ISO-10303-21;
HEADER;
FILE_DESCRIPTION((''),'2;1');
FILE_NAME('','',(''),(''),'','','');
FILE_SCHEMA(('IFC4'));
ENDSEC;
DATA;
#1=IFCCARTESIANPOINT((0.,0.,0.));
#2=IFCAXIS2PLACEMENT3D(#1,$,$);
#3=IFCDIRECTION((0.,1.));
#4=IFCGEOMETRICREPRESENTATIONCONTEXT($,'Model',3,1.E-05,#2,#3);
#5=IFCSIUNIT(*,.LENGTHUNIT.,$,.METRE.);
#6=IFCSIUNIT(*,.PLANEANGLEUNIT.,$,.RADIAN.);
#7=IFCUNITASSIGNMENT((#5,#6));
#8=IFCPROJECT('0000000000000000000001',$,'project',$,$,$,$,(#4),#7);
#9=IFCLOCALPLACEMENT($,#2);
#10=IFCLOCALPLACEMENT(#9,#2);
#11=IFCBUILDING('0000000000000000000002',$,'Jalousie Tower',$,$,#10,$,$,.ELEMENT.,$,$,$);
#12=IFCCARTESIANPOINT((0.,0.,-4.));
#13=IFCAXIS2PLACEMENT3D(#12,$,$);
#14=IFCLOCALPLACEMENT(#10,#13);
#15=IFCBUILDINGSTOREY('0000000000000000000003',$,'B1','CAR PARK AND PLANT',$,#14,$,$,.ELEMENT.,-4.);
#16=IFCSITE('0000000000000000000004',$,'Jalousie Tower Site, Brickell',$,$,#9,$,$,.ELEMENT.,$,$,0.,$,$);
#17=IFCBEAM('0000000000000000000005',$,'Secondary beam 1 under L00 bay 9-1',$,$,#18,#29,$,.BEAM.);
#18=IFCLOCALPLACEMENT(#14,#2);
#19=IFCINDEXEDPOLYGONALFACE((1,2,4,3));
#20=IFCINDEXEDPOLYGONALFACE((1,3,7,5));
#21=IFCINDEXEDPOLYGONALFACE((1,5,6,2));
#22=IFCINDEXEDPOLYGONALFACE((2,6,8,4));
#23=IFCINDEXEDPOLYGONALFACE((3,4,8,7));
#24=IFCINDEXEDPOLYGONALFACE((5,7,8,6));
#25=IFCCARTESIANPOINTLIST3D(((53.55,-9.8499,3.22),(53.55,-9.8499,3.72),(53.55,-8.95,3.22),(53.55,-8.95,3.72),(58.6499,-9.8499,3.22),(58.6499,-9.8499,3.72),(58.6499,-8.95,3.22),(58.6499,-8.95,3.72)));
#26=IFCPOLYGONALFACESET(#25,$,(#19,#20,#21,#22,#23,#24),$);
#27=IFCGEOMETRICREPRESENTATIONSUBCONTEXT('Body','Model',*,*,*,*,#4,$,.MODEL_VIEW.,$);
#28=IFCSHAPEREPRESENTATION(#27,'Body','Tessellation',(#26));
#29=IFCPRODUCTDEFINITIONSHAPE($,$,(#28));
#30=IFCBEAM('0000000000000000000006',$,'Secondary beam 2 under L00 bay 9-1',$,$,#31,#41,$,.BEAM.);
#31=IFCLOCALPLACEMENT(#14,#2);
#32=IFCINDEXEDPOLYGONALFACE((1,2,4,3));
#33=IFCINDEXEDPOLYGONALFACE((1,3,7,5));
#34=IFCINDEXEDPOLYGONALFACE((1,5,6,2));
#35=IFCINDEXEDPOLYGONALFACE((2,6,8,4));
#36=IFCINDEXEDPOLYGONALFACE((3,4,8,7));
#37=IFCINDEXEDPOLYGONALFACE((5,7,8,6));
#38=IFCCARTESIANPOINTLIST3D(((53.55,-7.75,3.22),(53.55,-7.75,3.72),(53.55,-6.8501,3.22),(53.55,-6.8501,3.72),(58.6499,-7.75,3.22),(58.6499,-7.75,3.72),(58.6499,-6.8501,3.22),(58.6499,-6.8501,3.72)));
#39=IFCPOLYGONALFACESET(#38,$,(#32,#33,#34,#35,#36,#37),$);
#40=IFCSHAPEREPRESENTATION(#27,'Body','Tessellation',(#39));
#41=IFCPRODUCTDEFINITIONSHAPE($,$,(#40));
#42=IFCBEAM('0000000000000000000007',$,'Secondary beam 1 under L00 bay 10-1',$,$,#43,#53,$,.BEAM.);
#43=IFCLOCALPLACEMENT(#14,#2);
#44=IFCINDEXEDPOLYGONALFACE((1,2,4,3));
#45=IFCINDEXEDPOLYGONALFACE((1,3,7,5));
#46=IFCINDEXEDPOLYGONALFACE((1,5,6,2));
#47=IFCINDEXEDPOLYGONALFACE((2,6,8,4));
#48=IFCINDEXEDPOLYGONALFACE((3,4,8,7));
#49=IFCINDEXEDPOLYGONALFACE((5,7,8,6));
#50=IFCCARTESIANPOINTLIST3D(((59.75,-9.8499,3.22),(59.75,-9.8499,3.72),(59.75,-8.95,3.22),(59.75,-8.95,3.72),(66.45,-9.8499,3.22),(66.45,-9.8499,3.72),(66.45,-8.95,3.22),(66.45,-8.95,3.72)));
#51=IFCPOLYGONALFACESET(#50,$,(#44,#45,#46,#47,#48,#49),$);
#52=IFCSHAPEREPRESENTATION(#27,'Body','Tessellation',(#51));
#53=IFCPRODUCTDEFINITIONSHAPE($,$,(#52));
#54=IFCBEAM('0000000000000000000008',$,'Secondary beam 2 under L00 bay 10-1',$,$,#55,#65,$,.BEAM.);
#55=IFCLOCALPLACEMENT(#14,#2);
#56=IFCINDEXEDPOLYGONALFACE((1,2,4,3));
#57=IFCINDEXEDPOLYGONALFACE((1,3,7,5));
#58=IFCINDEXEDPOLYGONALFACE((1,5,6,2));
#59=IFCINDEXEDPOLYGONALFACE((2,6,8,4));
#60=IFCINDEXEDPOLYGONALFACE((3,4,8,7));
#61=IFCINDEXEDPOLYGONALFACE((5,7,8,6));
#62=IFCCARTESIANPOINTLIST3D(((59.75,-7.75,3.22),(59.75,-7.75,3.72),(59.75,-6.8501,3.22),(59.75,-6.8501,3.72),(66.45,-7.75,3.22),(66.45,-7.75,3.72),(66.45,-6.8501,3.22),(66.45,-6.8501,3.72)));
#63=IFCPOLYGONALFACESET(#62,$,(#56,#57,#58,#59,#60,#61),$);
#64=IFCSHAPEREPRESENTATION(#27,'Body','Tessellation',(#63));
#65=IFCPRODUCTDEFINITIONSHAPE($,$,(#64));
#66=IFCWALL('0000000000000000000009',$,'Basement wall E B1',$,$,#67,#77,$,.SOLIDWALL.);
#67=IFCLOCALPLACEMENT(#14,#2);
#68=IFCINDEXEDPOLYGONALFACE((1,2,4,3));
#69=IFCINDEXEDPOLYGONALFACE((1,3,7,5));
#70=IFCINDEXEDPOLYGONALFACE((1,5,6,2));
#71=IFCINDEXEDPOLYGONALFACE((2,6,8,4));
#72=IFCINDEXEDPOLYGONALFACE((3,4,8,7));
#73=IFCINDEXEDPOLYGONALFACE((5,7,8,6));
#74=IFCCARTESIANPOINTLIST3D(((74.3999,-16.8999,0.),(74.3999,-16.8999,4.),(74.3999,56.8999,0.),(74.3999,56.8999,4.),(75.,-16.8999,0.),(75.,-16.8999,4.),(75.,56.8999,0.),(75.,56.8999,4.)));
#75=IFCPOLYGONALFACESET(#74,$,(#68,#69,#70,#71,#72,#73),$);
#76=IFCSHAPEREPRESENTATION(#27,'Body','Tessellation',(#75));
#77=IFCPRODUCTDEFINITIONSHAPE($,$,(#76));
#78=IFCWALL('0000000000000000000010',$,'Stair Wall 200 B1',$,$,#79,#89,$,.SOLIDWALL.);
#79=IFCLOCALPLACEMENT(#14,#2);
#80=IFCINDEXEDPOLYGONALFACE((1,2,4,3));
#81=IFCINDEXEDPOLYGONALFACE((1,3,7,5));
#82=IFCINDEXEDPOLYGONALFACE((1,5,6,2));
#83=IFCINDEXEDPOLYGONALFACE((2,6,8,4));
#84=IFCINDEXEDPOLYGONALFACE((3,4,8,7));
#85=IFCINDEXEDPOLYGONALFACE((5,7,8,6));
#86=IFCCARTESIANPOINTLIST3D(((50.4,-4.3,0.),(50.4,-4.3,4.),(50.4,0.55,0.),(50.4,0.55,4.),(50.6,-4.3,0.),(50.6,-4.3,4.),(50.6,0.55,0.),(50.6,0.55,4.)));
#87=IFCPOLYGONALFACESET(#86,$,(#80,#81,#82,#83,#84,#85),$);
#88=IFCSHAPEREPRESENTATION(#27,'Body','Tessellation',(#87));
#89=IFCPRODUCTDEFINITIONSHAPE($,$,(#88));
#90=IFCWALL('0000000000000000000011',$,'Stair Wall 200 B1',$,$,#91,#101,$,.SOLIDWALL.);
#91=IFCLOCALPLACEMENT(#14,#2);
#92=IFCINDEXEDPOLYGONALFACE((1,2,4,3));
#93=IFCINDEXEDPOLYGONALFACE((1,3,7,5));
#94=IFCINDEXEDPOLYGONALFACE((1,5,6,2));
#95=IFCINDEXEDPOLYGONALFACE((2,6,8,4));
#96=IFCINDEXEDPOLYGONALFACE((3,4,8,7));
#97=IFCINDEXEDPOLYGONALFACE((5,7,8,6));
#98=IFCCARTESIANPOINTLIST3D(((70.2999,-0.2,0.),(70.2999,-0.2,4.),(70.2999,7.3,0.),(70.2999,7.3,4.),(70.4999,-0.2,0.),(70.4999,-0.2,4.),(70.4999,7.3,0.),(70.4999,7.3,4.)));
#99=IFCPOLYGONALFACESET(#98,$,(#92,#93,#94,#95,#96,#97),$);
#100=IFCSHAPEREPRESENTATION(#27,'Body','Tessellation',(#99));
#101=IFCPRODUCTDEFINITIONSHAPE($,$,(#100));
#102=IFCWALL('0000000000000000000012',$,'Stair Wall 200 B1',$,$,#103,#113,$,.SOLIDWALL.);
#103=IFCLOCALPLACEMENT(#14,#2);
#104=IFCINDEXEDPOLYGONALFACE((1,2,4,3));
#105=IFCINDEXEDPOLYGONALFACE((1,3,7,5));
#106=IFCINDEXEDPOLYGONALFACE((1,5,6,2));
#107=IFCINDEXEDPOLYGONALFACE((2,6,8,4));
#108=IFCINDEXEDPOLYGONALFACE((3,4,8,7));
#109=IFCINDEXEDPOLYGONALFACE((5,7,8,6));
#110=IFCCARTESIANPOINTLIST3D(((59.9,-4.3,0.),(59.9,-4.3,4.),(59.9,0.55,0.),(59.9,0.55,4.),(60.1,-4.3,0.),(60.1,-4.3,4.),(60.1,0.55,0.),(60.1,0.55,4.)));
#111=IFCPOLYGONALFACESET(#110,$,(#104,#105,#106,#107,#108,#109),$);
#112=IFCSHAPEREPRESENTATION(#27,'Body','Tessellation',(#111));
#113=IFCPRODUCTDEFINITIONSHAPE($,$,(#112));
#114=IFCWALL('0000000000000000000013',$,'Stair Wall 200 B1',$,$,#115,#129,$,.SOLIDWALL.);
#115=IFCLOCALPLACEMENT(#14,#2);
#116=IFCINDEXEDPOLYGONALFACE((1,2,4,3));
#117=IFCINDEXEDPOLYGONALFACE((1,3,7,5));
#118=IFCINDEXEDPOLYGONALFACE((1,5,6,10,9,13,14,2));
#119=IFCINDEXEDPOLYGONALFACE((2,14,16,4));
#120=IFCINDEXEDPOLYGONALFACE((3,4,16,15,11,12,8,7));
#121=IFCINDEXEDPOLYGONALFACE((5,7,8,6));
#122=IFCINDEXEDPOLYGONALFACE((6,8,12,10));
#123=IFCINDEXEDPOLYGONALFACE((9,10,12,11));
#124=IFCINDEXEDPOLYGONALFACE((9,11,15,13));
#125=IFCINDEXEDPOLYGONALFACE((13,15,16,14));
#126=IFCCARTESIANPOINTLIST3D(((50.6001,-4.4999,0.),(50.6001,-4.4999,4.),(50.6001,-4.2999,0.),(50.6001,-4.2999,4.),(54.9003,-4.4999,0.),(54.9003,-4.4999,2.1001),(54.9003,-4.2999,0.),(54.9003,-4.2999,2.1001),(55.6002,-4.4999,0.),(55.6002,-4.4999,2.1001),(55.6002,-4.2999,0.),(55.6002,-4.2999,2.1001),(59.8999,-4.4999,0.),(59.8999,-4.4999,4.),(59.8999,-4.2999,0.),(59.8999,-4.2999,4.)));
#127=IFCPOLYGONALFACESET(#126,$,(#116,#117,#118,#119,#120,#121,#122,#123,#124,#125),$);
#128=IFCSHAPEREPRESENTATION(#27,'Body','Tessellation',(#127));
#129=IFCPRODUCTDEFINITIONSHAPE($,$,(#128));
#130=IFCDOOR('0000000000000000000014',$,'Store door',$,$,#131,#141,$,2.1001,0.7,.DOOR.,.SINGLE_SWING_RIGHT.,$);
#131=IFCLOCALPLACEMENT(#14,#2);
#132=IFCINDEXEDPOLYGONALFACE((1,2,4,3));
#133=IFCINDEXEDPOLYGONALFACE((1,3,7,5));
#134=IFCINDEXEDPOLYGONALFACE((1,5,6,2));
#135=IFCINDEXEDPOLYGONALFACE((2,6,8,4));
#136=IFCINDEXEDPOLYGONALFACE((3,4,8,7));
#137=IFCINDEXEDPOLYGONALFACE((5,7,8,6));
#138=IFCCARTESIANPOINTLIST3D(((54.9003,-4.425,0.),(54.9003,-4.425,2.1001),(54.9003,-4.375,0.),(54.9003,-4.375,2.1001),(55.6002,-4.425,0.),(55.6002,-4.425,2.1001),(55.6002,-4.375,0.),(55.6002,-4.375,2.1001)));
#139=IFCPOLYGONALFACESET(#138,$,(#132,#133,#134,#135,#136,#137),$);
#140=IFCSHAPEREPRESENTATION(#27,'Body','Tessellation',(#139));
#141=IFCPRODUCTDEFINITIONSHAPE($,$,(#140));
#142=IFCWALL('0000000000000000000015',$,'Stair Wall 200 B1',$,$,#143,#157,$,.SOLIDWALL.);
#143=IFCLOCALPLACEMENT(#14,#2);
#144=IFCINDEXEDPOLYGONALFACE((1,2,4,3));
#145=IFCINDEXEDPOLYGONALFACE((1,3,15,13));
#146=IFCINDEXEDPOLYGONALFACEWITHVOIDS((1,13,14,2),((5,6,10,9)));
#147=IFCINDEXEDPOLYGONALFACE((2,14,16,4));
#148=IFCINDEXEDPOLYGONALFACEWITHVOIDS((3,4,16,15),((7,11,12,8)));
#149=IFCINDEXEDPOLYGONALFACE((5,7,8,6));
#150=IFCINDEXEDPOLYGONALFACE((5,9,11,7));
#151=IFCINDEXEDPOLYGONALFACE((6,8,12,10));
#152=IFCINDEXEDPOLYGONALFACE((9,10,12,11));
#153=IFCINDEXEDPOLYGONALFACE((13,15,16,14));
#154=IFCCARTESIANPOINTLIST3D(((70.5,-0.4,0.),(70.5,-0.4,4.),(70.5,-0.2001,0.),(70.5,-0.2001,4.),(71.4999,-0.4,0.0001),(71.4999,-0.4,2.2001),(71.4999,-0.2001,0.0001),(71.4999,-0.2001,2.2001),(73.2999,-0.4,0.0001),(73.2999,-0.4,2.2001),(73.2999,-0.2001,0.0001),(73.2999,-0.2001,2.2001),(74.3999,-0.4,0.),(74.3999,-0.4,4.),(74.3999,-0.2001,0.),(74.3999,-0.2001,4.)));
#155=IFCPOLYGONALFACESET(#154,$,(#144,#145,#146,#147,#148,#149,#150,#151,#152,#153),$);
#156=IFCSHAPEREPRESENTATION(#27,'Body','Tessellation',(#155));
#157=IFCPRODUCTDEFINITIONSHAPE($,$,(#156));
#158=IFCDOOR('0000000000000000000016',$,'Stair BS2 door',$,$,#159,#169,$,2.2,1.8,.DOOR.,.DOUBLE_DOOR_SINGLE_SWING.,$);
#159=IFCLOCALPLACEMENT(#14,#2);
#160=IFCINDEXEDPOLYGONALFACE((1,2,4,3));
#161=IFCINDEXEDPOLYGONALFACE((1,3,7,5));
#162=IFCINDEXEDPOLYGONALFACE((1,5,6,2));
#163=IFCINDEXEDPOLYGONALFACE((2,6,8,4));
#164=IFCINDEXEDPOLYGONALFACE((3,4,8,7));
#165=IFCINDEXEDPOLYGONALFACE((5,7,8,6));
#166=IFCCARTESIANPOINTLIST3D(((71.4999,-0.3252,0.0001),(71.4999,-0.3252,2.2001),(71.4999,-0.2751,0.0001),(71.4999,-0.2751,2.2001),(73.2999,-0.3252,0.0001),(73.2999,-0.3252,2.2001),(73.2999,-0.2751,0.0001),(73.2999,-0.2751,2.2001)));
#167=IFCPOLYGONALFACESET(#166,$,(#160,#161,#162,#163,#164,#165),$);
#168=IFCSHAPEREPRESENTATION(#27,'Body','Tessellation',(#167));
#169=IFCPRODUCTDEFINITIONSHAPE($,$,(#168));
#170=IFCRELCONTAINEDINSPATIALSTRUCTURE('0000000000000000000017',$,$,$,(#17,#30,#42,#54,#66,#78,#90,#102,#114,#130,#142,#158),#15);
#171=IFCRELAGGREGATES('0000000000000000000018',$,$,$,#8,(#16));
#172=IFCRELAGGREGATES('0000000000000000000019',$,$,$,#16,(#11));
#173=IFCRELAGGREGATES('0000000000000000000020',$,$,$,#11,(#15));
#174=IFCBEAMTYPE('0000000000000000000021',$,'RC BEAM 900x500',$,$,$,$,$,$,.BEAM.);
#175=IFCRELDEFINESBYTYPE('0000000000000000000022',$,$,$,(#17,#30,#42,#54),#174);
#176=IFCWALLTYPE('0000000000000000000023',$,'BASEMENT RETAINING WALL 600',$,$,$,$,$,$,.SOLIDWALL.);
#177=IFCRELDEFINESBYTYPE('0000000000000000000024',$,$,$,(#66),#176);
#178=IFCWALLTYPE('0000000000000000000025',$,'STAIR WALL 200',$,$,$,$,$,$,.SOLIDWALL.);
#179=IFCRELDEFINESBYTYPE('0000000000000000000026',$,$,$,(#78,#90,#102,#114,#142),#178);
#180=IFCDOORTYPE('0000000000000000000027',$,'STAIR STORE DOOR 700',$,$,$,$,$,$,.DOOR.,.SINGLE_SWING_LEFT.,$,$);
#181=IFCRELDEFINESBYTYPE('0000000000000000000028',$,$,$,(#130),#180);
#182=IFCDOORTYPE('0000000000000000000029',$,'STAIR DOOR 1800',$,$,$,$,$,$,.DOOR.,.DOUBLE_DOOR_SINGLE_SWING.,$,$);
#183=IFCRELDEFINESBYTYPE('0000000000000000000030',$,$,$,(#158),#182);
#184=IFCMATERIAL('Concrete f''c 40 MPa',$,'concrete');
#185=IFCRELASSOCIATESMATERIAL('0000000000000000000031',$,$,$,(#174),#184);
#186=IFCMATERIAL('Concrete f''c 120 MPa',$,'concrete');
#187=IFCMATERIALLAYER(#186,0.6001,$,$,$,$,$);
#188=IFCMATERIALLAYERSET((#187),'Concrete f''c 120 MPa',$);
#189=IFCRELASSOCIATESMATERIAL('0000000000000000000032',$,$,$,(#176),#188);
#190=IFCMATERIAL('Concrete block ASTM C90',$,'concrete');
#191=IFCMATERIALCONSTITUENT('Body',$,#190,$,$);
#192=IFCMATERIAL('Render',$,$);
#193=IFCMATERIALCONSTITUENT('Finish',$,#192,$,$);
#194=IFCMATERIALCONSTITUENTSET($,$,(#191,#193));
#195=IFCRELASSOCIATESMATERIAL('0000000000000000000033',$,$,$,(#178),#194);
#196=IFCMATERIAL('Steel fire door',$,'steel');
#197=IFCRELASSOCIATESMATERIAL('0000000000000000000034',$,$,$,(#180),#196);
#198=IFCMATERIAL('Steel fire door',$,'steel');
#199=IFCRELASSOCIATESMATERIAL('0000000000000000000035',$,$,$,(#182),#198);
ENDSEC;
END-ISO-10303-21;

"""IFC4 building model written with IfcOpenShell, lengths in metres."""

from ifc_helpers import new_model, si_unit, direction, frame, frame_2d, origin, origin_2d, place, context, subcontext, project, spatial, rectangle, extrude, material, layer, layer_set, constituent, constituent_set, material_profile, profile_set, type_object, element, fill, save


model = new_model("IFC4")

# Units and contexts
model_context = context("Model", 3, precision=1e-05, world=origin(), true_north=direction((0.0, 1.0)))
body_context = subcontext(model_context, "Body", "Model", "MODEL_VIEW")
ifc_project = project(units=[si_unit("LENGTHUNIT", "METRE"), si_unit("PLANEANGLEUNIT", "RADIAN")], contexts=[model_context])

# Site, building, storey
site_placement = place(None, origin())
site = spatial("IfcSite", under=ifc_project, at=site_placement, Name="Jalousie Tower Site, Brickell", CompositionType="ELEMENT", RefElevation=0.0)
building_placement = place(site_placement, origin())
building = spatial("IfcBuilding", under=site, at=building_placement, Name="Jalousie Tower", CompositionType="ELEMENT")
storey_placement = place(building_placement, frame((0.0, 0.0, -4.0)))
storey = spatial("IfcBuildingStorey", under=building, at=storey_placement, Name="B1", Description="CAR PARK AND PLANT", CompositionType="ELEMENT", Elevation=-4.0)

# Beams
ifc_material_1 = material(Name="Concrete f'c 40 MPa", Category="concrete")
ifc_material_profile_1 = material_profile(ifc_material_1, rectangle(XDim=0.8999, YDim=0.5, at=origin_2d()), Name="RC 900x500")
ifc_profile_set_1 = profile_set([ifc_material_profile_1], Name="Concrete f'c 40 MPa")
beam_type_1 = type_object("IfcBeamType", Name="RC BEAM 900x500", PredefinedType="BEAM", material=ifc_profile_set_1)
for number, where, z_axis, x_axis, name in (
    (1, (53.55, -9.3999, 3.47), (1.0, 0.0, 0.0), (0.0, 1.0, 0.0), "Secondary beam 1 under L00 bay 9-1"),
    (2, (53.55, -7.3, 3.47), (1.0, 0.0, 0.0), (0.0, 1.0, 0.0), "Secondary beam 2 under L00 bay 9-1"),
):
    element("IfcBeam", number, at=place(storey_placement, frame(where, z_axis=z_axis, x_axis=x_axis)), inside=storey, type_object=beam_type_1, Name=name, PredefinedType="BEAM", context=body_context, shape_type="SweptSolid", body=[
        extrude(rectangle(XDim=0.8999, YDim=0.5, at=origin_2d()), origin(), (0.0, 0.0, 1.0), 5.0999),
    ])
for number, where, z_axis, x_axis, name in (
    (3, (59.75, -9.3999, 3.47), (1.0, 0.0, 0.0), (0.0, 1.0, 0.0), "Secondary beam 1 under L00 bay 10-1"),
    (4, (59.75, -7.3, 3.47), (1.0, 0.0, 0.0), (0.0, 1.0, 0.0), "Secondary beam 2 under L00 bay 10-1"),
):
    element("IfcBeam", number, at=place(storey_placement, frame(where, z_axis=z_axis, x_axis=x_axis)), inside=storey, type_object=beam_type_1, Name=name, PredefinedType="BEAM", context=body_context, shape_type="SweptSolid", body=[
        extrude(rectangle(XDim=0.8999, YDim=0.5, at=origin_2d()), origin(), (0.0, 0.0, 1.0), 6.7),
    ])

# Walls
ifc_material_2 = material(Name="Concrete f'c 120 MPa", Category="concrete")
ifc_layer = layer(ifc_material_2, 0.6001)
ifc_layer_set = layer_set([ifc_layer], Name="Concrete f'c 120 MPa")
wall_type_1 = type_object("IfcWallType", Name="BASEMENT RETAINING WALL 600", PredefinedType="SOLIDWALL", material=ifc_layer_set)
wall_1_placement = place(storey_placement, frame((74.7, -16.8999, 0.0), z_axis=(0.0, 0.0, 1.0), x_axis=(0.0, 1.0, 0.0)))
element("IfcWall", 5, at=wall_1_placement, inside=storey, type_object=wall_type_1, Name="Basement wall E B1", PredefinedType="SOLIDWALL", context=body_context, shape_type="SweptSolid", body=[
    extrude(rectangle(XDim=73.7998, YDim=0.6001, at=frame_2d((36.8999, 0.0))), origin(), (0.0, 0.0, 1.0), 4.0),
])
ifc_material_3 = material(Name="Concrete block ASTM C90", Category="concrete")
ifc_constituent_1 = constituent(ifc_material_3, Name="Body")
ifc_material_4 = material(Name="Render")
ifc_constituent_2 = constituent(ifc_material_4, Name="Finish")
ifc_constituent_set = constituent_set(constituents=[ifc_constituent_1, ifc_constituent_2])
wall_type_2 = type_object("IfcWallType", Name="STAIR WALL 200", PredefinedType="SOLIDWALL", material=ifc_constituent_set)
wall_2_placement = place(storey_placement, frame((50.5, -4.3, 0.0), z_axis=(0.0, 0.0, 1.0), x_axis=(0.0, 1.0, 0.0)))
element("IfcWall", 6, at=wall_2_placement, inside=storey, type_object=wall_type_2, Name="Stair Wall 200 B1", PredefinedType="SOLIDWALL", context=body_context, shape_type="SweptSolid", body=[
    extrude(rectangle(XDim=4.8501, YDim=0.2, at=frame_2d((2.425, 0.0))), origin(), (0.0, 0.0, 1.0), 4.0),
])
wall_3_placement = place(storey_placement, frame((70.3999, -0.2, 0.0), z_axis=(0.0, 0.0, 1.0), x_axis=(0.0, 1.0, 0.0)))
element("IfcWall", 7, at=wall_3_placement, inside=storey, type_object=wall_type_2, Name="Stair Wall 200 B1", PredefinedType="SOLIDWALL", context=body_context, shape_type="SweptSolid", body=[
    extrude(rectangle(XDim=7.5, YDim=0.2, at=frame_2d((3.75, 0.0))), origin(), (0.0, 0.0, 1.0), 4.0),
])
wall_4_placement = place(storey_placement, frame((60.0, -4.3, 0.0), z_axis=(0.0, 0.0, 1.0), x_axis=(0.0, 1.0, 0.0)))
element("IfcWall", 8, at=wall_4_placement, inside=storey, type_object=wall_type_2, Name="Stair Wall 200 B1", PredefinedType="SOLIDWALL", context=body_context, shape_type="SweptSolid", body=[
    extrude(rectangle(XDim=4.8501, YDim=0.2, at=frame_2d((2.425, 0.0))), origin(), (0.0, 0.0, 1.0), 4.0),
])

# Walls, openings, doors
wall_5_placement = place(storey_placement, frame((50.6001, -4.3999, 0.0), z_axis=(0.0, 0.0, 1.0), x_axis=(1.0, 0.0, 0.0)))
wall_5 = element("IfcWall", 9, at=wall_5_placement, inside=storey, type_object=wall_type_2, Name="Stair Wall 200 B1", PredefinedType="SOLIDWALL", context=body_context, shape_type="SweptSolid", body=[
    extrude(rectangle(XDim=9.2998, YDim=0.2, at=frame_2d((4.6499, 0.0))), origin(), (0.0, 0.0, 1.0), 4.0),
])
opening_1_placement = place(wall_5_placement, frame((4.3, 0.0, 0.0)))
opening_1 = element("IfcOpeningElement", 10, at=opening_1_placement, cuts=wall_5, PredefinedType="OPENING", context=body_context, shape_type="SweptSolid", body=[
    extrude(rectangle(XDim=0.7, YDim=2.1001, at=frame_2d((0.3501, 1.05))), frame((0.0, 0.1099, 0.0), z_axis=(0.0, -1.0, 0.0), x_axis=(1.0, 0.0, 0.0)), (0.0, 0.0, 1.0), 0.22),
])
ifc_material_5 = material(Name="Steel fire door", Category="steel")
door_type_1 = type_object("IfcDoorType", Name="STAIR STORE DOOR 700", OperationType="SINGLE_SWING_LEFT", PredefinedType="DOOR", material=ifc_material_5)
door_1_placement = place(opening_1_placement, origin())
door_1 = element("IfcDoor", 11, at=door_1_placement, inside=storey, type_object=door_type_1, Name="Store door", OperationType="SINGLE_SWING_RIGHT", OverallHeight=2.1001, OverallWidth=0.7, PredefinedType="DOOR", context=body_context, shape_type="SweptSolid", body=[
    extrude(rectangle(XDim=0.7, YDim=2.1001, at=frame_2d((0.3501, 1.05))), frame((0.0, 0.0249, 0.0), z_axis=(0.0, -1.0, 0.0), x_axis=(1.0, 0.0, 0.0)), (0.0, 0.0, 1.0), 0.05),
])
fill(opening_1, door_1)
wall_6_placement = place(storey_placement, frame((70.5, -0.3, 0.0), z_axis=(0.0, 0.0, 1.0), x_axis=(1.0, 0.0, 0.0)))
wall_6 = element("IfcWall", 12, at=wall_6_placement, inside=storey, type_object=wall_type_2, Name="Stair Wall 200 B1", PredefinedType="SOLIDWALL", context=body_context, shape_type="SweptSolid", body=[
    extrude(rectangle(XDim=3.8999, YDim=0.2, at=frame_2d((1.95, 0.0))), origin(), (0.0, 0.0, 1.0), 4.0),
])
opening_2_placement = place(wall_6_placement, frame((1.0, 0.0, 0.0)))
opening_2 = element("IfcOpeningElement", 13, at=opening_2_placement, cuts=wall_6, PredefinedType="OPENING", context=body_context, shape_type="SweptSolid", body=[
    extrude(rectangle(XDim=1.8, YDim=2.2, at=frame_2d((0.8999, 1.1001))), frame((0.0, 0.1099, 0.0), z_axis=(0.0, -1.0, 0.0), x_axis=(1.0, 0.0, 0.0)), (0.0, 0.0, 1.0), 0.22),
])
ifc_material_6 = material(Name="Steel fire door", Category="steel")
door_type_2 = type_object("IfcDoorType", Name="STAIR DOOR 1800", OperationType="DOUBLE_DOOR_SINGLE_SWING", PredefinedType="DOOR", material=ifc_material_6)
door_2_placement = place(opening_2_placement, origin())
door_2 = element("IfcDoor", 14, at=door_2_placement, inside=storey, type_object=door_type_2, Name="Stair BS2 door", OperationType="DOUBLE_DOOR_SINGLE_SWING", OverallHeight=2.2, OverallWidth=1.8, PredefinedType="DOOR", context=body_context, shape_type="SweptSolid", body=[
    extrude(rectangle(XDim=1.8, YDim=2.2, at=frame_2d((0.8999, 1.1001))), frame((0.0, 0.0249, 0.0), z_axis=(0.0, -1.0, 0.0), x_axis=(1.0, 0.0, 0.0)), (0.0, 0.0, 1.0), 0.05),
])
fill(opening_2, door_2)

save(model, "model.ifc")
